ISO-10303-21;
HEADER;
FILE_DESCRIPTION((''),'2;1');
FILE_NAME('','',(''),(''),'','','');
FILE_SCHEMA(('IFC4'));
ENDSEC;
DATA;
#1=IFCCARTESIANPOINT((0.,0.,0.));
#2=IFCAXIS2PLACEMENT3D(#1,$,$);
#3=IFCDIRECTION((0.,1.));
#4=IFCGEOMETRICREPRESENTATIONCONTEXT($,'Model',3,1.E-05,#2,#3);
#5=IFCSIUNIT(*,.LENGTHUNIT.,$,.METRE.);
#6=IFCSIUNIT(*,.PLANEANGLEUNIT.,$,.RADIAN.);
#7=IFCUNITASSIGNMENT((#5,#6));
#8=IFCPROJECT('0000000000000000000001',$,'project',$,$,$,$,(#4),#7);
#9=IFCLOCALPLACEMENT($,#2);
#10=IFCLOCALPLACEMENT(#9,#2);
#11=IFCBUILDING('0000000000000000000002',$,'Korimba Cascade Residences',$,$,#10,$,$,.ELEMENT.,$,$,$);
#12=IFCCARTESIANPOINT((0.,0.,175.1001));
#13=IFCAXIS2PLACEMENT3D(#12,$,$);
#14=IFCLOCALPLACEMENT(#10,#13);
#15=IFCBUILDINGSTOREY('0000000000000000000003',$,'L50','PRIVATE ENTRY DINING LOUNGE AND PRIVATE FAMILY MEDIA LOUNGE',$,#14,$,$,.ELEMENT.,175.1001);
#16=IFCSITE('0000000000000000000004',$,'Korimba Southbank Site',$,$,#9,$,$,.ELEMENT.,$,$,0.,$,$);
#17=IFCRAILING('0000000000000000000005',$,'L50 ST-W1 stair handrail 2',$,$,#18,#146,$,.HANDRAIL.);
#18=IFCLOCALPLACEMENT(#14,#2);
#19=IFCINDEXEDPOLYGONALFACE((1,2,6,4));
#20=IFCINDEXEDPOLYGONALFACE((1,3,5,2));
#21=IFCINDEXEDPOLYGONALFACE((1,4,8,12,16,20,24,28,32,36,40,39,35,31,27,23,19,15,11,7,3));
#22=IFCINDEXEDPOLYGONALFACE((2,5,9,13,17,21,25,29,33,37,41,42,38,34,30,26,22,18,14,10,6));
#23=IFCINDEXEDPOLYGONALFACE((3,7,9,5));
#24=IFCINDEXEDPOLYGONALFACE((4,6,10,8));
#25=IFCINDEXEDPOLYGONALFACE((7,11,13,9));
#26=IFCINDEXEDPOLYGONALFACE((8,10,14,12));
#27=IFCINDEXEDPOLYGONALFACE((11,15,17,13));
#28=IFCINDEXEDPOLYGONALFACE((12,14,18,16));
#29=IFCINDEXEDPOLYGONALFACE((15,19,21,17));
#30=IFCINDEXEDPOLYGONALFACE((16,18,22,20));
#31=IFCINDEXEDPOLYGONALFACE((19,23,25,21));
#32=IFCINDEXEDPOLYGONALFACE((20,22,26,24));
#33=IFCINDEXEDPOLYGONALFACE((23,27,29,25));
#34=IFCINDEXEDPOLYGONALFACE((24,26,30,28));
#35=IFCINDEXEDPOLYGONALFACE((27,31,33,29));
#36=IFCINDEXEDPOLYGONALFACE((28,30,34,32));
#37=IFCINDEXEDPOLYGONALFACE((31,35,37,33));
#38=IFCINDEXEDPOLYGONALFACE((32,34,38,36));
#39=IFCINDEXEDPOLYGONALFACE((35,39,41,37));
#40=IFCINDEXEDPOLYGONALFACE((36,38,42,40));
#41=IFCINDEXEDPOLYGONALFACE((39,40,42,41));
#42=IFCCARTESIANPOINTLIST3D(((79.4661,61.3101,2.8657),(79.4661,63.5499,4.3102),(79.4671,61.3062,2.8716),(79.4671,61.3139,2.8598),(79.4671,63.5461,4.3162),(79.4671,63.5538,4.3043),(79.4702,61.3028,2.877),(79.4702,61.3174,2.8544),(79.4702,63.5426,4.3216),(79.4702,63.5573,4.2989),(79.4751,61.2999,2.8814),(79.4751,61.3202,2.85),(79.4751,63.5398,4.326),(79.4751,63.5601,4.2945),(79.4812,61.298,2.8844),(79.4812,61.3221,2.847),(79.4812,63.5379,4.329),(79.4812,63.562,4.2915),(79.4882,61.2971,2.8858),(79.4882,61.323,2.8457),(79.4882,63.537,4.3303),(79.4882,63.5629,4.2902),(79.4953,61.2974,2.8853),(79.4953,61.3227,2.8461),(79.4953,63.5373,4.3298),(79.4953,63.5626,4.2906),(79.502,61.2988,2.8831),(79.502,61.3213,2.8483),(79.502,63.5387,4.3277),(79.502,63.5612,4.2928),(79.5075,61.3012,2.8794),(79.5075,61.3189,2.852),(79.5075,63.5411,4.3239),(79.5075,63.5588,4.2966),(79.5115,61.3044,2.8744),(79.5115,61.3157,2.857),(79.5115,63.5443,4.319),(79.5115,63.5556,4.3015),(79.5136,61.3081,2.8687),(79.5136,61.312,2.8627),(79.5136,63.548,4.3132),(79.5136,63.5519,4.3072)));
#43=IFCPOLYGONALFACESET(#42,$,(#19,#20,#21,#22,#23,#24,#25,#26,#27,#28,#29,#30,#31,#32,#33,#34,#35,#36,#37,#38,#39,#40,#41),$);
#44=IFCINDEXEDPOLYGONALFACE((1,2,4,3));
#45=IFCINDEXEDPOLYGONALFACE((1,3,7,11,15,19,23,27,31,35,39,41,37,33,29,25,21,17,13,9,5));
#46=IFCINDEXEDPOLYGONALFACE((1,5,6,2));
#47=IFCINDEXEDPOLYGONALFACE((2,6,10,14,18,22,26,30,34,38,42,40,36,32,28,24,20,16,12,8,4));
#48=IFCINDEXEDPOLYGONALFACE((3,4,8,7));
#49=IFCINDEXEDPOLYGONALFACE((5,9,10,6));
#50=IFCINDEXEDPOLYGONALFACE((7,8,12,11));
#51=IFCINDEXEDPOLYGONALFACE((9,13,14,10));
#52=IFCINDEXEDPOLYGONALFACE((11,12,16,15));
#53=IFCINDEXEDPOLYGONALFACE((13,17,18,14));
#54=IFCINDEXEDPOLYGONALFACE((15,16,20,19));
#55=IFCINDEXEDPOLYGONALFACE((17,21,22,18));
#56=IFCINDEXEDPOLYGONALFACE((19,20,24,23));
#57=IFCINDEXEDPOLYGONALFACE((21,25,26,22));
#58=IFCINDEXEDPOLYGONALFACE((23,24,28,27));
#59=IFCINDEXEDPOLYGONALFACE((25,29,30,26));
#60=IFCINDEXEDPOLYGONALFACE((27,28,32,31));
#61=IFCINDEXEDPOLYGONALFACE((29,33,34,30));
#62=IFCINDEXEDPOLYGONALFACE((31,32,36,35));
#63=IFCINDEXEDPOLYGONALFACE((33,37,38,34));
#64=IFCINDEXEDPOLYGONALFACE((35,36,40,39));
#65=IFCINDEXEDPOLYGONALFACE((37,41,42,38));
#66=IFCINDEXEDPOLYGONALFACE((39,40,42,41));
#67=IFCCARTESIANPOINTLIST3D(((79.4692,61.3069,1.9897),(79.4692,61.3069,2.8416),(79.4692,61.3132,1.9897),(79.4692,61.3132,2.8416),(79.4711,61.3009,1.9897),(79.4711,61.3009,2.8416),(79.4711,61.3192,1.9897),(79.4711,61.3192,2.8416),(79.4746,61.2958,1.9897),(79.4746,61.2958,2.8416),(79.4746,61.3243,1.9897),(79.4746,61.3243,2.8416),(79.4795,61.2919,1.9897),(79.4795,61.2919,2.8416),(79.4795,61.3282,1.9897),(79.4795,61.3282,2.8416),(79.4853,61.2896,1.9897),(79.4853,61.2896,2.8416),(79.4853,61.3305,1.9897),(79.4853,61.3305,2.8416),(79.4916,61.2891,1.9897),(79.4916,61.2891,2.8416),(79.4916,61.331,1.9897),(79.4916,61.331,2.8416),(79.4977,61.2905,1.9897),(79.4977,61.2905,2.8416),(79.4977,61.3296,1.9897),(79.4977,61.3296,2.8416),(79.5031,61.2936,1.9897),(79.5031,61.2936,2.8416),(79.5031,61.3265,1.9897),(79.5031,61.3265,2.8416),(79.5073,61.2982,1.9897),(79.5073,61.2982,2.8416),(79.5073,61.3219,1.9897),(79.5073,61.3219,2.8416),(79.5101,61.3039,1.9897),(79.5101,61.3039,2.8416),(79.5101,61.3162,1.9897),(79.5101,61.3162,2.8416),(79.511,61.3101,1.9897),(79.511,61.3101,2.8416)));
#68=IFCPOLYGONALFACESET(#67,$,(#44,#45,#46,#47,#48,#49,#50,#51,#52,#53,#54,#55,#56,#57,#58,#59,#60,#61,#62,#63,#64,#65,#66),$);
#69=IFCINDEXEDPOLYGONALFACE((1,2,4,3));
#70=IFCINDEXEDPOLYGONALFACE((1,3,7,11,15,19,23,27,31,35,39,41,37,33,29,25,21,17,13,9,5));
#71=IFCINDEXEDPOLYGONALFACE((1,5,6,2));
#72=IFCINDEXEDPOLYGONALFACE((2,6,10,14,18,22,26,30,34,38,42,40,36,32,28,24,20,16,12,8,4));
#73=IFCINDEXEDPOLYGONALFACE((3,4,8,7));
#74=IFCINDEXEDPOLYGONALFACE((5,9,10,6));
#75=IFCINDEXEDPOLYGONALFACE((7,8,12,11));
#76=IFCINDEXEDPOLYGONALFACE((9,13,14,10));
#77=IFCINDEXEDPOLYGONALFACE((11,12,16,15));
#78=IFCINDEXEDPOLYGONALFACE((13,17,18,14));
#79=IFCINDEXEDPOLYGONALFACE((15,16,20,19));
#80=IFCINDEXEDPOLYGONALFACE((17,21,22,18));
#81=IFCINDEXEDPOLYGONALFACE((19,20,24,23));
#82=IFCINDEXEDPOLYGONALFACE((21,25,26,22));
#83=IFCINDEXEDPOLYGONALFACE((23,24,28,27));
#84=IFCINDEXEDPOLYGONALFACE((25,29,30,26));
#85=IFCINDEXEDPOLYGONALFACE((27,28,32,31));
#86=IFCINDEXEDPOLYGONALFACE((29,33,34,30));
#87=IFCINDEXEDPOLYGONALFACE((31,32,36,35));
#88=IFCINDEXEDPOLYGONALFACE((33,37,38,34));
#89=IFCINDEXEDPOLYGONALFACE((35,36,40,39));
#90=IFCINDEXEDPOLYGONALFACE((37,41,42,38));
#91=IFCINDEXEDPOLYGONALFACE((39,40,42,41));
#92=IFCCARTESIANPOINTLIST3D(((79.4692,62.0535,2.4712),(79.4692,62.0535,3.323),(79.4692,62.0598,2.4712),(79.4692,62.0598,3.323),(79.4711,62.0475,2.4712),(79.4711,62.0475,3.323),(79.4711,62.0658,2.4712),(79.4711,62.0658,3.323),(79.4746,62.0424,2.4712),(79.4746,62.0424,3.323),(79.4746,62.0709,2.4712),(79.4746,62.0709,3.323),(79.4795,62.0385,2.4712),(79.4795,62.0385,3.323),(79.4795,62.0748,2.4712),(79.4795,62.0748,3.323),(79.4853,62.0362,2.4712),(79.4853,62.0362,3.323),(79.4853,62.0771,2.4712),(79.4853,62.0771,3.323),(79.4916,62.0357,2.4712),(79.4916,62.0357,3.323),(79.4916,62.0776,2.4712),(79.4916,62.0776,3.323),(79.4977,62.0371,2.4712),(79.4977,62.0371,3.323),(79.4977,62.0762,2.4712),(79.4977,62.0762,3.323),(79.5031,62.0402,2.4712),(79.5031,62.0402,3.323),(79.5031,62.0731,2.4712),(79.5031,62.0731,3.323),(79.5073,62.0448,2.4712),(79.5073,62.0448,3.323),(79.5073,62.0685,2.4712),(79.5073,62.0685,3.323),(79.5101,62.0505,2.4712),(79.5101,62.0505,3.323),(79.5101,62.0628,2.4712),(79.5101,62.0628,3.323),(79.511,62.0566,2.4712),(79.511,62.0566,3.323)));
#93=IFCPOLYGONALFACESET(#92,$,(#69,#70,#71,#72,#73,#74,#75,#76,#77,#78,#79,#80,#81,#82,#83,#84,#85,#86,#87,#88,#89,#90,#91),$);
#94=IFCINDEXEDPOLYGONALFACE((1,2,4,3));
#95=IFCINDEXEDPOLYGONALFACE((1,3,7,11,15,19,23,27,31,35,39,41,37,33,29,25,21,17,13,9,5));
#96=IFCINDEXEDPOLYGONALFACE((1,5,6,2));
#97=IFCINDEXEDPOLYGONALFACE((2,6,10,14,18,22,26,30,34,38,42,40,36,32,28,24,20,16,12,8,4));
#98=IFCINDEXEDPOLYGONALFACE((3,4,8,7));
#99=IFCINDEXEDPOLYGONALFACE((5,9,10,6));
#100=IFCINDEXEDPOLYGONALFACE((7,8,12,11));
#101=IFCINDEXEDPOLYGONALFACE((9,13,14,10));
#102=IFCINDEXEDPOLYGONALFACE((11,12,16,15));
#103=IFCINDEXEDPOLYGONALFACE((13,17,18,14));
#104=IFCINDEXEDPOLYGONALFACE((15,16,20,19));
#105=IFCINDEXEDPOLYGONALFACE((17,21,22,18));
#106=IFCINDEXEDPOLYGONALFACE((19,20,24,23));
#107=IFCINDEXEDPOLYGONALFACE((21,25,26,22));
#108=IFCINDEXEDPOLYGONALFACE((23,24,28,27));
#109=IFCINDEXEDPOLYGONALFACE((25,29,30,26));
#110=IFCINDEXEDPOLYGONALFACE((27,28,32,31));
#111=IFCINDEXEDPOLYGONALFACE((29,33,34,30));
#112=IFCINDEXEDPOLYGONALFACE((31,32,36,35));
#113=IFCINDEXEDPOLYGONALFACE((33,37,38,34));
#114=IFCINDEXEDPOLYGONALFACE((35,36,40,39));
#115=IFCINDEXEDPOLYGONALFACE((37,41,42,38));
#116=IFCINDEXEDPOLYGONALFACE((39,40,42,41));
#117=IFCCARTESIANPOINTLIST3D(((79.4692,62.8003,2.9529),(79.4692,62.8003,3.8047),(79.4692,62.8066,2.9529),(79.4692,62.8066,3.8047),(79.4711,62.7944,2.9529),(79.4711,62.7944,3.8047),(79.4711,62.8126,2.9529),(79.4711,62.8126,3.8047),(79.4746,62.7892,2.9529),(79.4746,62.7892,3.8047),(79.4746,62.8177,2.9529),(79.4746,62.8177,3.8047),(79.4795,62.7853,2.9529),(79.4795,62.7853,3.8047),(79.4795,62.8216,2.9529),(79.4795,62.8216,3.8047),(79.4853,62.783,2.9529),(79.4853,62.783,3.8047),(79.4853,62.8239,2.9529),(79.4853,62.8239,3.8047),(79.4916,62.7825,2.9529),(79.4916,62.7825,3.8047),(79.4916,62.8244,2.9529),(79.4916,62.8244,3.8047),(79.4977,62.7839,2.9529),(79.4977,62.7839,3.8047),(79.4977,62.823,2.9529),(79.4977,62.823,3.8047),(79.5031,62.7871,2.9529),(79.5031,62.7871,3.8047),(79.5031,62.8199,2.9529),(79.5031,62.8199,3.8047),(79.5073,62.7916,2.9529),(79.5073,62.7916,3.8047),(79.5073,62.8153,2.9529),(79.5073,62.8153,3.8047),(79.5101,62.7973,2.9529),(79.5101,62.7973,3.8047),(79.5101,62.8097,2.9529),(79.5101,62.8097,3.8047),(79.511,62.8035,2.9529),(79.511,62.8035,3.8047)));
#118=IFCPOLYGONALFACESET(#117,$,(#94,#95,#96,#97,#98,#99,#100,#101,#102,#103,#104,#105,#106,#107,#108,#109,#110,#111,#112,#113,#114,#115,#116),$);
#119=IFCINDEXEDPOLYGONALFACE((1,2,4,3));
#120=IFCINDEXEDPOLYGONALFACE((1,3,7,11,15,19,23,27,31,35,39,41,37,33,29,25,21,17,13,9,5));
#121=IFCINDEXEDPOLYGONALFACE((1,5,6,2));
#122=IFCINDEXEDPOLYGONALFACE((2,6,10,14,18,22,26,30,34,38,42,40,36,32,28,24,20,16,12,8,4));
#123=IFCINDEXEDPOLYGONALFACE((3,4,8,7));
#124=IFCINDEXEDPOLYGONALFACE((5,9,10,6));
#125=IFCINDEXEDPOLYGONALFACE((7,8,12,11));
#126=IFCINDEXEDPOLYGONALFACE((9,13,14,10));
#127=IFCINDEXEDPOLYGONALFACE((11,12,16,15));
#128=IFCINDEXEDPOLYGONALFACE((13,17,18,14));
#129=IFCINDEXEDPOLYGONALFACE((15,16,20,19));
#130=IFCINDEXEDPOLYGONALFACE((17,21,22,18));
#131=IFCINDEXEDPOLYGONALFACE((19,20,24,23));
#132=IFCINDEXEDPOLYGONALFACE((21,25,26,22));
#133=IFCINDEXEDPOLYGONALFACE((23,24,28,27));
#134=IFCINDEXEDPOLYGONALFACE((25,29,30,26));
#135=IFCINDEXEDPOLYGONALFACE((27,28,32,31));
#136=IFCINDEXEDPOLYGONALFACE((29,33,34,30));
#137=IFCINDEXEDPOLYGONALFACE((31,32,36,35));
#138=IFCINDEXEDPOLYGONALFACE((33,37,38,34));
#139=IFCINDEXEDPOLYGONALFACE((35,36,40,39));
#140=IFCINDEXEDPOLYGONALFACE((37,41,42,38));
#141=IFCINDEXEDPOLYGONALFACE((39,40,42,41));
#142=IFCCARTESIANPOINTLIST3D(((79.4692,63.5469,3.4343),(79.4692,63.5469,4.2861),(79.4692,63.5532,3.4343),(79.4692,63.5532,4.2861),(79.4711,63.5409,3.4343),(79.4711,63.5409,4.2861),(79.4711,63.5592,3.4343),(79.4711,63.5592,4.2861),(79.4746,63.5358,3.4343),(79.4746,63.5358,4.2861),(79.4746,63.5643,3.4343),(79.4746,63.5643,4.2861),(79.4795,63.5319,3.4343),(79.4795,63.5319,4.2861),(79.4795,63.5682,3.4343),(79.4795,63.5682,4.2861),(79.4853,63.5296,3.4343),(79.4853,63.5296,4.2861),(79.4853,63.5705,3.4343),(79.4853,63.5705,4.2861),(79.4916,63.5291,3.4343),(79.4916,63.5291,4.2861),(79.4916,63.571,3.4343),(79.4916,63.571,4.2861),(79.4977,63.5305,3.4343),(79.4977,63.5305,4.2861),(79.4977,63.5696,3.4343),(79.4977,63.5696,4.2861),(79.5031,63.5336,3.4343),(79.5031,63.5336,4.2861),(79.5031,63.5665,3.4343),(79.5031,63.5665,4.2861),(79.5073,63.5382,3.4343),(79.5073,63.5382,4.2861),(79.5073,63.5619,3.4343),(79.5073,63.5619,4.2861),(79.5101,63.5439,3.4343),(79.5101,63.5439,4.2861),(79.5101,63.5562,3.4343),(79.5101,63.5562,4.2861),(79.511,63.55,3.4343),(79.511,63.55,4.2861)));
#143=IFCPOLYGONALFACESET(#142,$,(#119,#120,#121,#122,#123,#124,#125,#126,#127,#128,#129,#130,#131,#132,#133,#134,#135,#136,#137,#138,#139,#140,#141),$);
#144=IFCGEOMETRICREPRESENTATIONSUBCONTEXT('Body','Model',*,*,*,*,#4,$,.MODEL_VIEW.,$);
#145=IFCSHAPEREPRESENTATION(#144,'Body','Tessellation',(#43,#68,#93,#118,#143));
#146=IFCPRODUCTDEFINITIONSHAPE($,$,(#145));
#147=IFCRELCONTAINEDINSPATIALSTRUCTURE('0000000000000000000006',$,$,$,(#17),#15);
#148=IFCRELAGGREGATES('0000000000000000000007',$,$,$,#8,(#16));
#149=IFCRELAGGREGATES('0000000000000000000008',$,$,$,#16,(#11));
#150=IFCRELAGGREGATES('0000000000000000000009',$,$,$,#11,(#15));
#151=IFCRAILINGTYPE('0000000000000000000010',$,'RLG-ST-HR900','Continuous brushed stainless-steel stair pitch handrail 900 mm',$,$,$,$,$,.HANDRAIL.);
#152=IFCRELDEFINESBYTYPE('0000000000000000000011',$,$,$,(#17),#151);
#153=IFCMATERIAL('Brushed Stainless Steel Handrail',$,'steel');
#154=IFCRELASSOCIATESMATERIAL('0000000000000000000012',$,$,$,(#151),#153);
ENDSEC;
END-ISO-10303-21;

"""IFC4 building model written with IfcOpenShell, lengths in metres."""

from ifc_helpers import new_model, si_unit, direction, frame, origin, origin_2d, place, context, subcontext, project, spatial, circle, extrude, material, type_object, element, save


model = new_model("IFC4")

# Units and contexts
model_context = context("Model", 3, precision=1e-05, world=origin(), true_north=direction((0.0, 1.0)))
body_context = subcontext(model_context, "Body", "Model", "MODEL_VIEW")
ifc_project = project(units=[si_unit("LENGTHUNIT", "METRE"), si_unit("PLANEANGLEUNIT", "RADIAN")], contexts=[model_context])

# Site, building, storey
site_placement = place(None, origin())
site = spatial("IfcSite", under=ifc_project, at=site_placement, Name="Korimba Southbank Site", CompositionType="ELEMENT", RefElevation=0.0)
building_placement = place(site_placement, origin())
building = spatial("IfcBuilding", under=site, at=building_placement, Name="Korimba Cascade Residences", CompositionType="ELEMENT")
storey_placement = place(building_placement, frame((0.0, 0.0, 175.1001)))
storey = spatial("IfcBuildingStorey", under=building, at=storey_placement, Name="L50", Description="PRIVATE ENTRY DINING LOUNGE AND PRIVATE FAMILY MEDIA LOUNGE", CompositionType="ELEMENT", Elevation=175.1001)

# Railing
ifc_material_1 = material(Name="Brushed Stainless Steel Handrail", Category="steel")
railing_type_1 = type_object("IfcRailingType", Name="RLG-ST-HR900", Description="Continuous brushed stainless-steel stair pitch handrail 900 mm", PredefinedType="HANDRAIL", material=ifc_material_1)
railing_1_placement = place(storey_placement, frame((79.49, 61.3101, 1.9897)))
element("IfcRailing", 1, at=railing_1_placement, inside=storey, type_object=railing_type_1, Name="L50 ST-W1 stair handrail 2", PredefinedType="HANDRAIL", context=body_context, shape_type="SweptSolid", body=[
    extrude(circle(Radius=0.0239, at=origin_2d()), frame((0.0, 0.0, 0.876), z_axis=(0.0, 0.840395, 0.541975), x_axis=(-1.0, 0.0, 0.0)), (0.0, 0.0, 1.0), 2.6653),
    extrude(circle(Radius=0.021, at=origin_2d()), origin(), (0.0, 0.0, 1.0), 0.8518),
    extrude(circle(Radius=0.021, at=origin_2d()), frame((0.0, 0.7466, 0.4814)), (0.0, 0.0, 1.0), 0.8518),
    extrude(circle(Radius=0.021, at=origin_2d()), frame((0.0, 1.4934, 0.9631)), (0.0, 0.0, 1.0), 0.8518),
    extrude(circle(Radius=0.021, at=origin_2d()), frame((0.0, 2.24, 1.4446)), (0.0, 0.0, 1.0), 0.8518),
])

save(model, "model.ifc")
